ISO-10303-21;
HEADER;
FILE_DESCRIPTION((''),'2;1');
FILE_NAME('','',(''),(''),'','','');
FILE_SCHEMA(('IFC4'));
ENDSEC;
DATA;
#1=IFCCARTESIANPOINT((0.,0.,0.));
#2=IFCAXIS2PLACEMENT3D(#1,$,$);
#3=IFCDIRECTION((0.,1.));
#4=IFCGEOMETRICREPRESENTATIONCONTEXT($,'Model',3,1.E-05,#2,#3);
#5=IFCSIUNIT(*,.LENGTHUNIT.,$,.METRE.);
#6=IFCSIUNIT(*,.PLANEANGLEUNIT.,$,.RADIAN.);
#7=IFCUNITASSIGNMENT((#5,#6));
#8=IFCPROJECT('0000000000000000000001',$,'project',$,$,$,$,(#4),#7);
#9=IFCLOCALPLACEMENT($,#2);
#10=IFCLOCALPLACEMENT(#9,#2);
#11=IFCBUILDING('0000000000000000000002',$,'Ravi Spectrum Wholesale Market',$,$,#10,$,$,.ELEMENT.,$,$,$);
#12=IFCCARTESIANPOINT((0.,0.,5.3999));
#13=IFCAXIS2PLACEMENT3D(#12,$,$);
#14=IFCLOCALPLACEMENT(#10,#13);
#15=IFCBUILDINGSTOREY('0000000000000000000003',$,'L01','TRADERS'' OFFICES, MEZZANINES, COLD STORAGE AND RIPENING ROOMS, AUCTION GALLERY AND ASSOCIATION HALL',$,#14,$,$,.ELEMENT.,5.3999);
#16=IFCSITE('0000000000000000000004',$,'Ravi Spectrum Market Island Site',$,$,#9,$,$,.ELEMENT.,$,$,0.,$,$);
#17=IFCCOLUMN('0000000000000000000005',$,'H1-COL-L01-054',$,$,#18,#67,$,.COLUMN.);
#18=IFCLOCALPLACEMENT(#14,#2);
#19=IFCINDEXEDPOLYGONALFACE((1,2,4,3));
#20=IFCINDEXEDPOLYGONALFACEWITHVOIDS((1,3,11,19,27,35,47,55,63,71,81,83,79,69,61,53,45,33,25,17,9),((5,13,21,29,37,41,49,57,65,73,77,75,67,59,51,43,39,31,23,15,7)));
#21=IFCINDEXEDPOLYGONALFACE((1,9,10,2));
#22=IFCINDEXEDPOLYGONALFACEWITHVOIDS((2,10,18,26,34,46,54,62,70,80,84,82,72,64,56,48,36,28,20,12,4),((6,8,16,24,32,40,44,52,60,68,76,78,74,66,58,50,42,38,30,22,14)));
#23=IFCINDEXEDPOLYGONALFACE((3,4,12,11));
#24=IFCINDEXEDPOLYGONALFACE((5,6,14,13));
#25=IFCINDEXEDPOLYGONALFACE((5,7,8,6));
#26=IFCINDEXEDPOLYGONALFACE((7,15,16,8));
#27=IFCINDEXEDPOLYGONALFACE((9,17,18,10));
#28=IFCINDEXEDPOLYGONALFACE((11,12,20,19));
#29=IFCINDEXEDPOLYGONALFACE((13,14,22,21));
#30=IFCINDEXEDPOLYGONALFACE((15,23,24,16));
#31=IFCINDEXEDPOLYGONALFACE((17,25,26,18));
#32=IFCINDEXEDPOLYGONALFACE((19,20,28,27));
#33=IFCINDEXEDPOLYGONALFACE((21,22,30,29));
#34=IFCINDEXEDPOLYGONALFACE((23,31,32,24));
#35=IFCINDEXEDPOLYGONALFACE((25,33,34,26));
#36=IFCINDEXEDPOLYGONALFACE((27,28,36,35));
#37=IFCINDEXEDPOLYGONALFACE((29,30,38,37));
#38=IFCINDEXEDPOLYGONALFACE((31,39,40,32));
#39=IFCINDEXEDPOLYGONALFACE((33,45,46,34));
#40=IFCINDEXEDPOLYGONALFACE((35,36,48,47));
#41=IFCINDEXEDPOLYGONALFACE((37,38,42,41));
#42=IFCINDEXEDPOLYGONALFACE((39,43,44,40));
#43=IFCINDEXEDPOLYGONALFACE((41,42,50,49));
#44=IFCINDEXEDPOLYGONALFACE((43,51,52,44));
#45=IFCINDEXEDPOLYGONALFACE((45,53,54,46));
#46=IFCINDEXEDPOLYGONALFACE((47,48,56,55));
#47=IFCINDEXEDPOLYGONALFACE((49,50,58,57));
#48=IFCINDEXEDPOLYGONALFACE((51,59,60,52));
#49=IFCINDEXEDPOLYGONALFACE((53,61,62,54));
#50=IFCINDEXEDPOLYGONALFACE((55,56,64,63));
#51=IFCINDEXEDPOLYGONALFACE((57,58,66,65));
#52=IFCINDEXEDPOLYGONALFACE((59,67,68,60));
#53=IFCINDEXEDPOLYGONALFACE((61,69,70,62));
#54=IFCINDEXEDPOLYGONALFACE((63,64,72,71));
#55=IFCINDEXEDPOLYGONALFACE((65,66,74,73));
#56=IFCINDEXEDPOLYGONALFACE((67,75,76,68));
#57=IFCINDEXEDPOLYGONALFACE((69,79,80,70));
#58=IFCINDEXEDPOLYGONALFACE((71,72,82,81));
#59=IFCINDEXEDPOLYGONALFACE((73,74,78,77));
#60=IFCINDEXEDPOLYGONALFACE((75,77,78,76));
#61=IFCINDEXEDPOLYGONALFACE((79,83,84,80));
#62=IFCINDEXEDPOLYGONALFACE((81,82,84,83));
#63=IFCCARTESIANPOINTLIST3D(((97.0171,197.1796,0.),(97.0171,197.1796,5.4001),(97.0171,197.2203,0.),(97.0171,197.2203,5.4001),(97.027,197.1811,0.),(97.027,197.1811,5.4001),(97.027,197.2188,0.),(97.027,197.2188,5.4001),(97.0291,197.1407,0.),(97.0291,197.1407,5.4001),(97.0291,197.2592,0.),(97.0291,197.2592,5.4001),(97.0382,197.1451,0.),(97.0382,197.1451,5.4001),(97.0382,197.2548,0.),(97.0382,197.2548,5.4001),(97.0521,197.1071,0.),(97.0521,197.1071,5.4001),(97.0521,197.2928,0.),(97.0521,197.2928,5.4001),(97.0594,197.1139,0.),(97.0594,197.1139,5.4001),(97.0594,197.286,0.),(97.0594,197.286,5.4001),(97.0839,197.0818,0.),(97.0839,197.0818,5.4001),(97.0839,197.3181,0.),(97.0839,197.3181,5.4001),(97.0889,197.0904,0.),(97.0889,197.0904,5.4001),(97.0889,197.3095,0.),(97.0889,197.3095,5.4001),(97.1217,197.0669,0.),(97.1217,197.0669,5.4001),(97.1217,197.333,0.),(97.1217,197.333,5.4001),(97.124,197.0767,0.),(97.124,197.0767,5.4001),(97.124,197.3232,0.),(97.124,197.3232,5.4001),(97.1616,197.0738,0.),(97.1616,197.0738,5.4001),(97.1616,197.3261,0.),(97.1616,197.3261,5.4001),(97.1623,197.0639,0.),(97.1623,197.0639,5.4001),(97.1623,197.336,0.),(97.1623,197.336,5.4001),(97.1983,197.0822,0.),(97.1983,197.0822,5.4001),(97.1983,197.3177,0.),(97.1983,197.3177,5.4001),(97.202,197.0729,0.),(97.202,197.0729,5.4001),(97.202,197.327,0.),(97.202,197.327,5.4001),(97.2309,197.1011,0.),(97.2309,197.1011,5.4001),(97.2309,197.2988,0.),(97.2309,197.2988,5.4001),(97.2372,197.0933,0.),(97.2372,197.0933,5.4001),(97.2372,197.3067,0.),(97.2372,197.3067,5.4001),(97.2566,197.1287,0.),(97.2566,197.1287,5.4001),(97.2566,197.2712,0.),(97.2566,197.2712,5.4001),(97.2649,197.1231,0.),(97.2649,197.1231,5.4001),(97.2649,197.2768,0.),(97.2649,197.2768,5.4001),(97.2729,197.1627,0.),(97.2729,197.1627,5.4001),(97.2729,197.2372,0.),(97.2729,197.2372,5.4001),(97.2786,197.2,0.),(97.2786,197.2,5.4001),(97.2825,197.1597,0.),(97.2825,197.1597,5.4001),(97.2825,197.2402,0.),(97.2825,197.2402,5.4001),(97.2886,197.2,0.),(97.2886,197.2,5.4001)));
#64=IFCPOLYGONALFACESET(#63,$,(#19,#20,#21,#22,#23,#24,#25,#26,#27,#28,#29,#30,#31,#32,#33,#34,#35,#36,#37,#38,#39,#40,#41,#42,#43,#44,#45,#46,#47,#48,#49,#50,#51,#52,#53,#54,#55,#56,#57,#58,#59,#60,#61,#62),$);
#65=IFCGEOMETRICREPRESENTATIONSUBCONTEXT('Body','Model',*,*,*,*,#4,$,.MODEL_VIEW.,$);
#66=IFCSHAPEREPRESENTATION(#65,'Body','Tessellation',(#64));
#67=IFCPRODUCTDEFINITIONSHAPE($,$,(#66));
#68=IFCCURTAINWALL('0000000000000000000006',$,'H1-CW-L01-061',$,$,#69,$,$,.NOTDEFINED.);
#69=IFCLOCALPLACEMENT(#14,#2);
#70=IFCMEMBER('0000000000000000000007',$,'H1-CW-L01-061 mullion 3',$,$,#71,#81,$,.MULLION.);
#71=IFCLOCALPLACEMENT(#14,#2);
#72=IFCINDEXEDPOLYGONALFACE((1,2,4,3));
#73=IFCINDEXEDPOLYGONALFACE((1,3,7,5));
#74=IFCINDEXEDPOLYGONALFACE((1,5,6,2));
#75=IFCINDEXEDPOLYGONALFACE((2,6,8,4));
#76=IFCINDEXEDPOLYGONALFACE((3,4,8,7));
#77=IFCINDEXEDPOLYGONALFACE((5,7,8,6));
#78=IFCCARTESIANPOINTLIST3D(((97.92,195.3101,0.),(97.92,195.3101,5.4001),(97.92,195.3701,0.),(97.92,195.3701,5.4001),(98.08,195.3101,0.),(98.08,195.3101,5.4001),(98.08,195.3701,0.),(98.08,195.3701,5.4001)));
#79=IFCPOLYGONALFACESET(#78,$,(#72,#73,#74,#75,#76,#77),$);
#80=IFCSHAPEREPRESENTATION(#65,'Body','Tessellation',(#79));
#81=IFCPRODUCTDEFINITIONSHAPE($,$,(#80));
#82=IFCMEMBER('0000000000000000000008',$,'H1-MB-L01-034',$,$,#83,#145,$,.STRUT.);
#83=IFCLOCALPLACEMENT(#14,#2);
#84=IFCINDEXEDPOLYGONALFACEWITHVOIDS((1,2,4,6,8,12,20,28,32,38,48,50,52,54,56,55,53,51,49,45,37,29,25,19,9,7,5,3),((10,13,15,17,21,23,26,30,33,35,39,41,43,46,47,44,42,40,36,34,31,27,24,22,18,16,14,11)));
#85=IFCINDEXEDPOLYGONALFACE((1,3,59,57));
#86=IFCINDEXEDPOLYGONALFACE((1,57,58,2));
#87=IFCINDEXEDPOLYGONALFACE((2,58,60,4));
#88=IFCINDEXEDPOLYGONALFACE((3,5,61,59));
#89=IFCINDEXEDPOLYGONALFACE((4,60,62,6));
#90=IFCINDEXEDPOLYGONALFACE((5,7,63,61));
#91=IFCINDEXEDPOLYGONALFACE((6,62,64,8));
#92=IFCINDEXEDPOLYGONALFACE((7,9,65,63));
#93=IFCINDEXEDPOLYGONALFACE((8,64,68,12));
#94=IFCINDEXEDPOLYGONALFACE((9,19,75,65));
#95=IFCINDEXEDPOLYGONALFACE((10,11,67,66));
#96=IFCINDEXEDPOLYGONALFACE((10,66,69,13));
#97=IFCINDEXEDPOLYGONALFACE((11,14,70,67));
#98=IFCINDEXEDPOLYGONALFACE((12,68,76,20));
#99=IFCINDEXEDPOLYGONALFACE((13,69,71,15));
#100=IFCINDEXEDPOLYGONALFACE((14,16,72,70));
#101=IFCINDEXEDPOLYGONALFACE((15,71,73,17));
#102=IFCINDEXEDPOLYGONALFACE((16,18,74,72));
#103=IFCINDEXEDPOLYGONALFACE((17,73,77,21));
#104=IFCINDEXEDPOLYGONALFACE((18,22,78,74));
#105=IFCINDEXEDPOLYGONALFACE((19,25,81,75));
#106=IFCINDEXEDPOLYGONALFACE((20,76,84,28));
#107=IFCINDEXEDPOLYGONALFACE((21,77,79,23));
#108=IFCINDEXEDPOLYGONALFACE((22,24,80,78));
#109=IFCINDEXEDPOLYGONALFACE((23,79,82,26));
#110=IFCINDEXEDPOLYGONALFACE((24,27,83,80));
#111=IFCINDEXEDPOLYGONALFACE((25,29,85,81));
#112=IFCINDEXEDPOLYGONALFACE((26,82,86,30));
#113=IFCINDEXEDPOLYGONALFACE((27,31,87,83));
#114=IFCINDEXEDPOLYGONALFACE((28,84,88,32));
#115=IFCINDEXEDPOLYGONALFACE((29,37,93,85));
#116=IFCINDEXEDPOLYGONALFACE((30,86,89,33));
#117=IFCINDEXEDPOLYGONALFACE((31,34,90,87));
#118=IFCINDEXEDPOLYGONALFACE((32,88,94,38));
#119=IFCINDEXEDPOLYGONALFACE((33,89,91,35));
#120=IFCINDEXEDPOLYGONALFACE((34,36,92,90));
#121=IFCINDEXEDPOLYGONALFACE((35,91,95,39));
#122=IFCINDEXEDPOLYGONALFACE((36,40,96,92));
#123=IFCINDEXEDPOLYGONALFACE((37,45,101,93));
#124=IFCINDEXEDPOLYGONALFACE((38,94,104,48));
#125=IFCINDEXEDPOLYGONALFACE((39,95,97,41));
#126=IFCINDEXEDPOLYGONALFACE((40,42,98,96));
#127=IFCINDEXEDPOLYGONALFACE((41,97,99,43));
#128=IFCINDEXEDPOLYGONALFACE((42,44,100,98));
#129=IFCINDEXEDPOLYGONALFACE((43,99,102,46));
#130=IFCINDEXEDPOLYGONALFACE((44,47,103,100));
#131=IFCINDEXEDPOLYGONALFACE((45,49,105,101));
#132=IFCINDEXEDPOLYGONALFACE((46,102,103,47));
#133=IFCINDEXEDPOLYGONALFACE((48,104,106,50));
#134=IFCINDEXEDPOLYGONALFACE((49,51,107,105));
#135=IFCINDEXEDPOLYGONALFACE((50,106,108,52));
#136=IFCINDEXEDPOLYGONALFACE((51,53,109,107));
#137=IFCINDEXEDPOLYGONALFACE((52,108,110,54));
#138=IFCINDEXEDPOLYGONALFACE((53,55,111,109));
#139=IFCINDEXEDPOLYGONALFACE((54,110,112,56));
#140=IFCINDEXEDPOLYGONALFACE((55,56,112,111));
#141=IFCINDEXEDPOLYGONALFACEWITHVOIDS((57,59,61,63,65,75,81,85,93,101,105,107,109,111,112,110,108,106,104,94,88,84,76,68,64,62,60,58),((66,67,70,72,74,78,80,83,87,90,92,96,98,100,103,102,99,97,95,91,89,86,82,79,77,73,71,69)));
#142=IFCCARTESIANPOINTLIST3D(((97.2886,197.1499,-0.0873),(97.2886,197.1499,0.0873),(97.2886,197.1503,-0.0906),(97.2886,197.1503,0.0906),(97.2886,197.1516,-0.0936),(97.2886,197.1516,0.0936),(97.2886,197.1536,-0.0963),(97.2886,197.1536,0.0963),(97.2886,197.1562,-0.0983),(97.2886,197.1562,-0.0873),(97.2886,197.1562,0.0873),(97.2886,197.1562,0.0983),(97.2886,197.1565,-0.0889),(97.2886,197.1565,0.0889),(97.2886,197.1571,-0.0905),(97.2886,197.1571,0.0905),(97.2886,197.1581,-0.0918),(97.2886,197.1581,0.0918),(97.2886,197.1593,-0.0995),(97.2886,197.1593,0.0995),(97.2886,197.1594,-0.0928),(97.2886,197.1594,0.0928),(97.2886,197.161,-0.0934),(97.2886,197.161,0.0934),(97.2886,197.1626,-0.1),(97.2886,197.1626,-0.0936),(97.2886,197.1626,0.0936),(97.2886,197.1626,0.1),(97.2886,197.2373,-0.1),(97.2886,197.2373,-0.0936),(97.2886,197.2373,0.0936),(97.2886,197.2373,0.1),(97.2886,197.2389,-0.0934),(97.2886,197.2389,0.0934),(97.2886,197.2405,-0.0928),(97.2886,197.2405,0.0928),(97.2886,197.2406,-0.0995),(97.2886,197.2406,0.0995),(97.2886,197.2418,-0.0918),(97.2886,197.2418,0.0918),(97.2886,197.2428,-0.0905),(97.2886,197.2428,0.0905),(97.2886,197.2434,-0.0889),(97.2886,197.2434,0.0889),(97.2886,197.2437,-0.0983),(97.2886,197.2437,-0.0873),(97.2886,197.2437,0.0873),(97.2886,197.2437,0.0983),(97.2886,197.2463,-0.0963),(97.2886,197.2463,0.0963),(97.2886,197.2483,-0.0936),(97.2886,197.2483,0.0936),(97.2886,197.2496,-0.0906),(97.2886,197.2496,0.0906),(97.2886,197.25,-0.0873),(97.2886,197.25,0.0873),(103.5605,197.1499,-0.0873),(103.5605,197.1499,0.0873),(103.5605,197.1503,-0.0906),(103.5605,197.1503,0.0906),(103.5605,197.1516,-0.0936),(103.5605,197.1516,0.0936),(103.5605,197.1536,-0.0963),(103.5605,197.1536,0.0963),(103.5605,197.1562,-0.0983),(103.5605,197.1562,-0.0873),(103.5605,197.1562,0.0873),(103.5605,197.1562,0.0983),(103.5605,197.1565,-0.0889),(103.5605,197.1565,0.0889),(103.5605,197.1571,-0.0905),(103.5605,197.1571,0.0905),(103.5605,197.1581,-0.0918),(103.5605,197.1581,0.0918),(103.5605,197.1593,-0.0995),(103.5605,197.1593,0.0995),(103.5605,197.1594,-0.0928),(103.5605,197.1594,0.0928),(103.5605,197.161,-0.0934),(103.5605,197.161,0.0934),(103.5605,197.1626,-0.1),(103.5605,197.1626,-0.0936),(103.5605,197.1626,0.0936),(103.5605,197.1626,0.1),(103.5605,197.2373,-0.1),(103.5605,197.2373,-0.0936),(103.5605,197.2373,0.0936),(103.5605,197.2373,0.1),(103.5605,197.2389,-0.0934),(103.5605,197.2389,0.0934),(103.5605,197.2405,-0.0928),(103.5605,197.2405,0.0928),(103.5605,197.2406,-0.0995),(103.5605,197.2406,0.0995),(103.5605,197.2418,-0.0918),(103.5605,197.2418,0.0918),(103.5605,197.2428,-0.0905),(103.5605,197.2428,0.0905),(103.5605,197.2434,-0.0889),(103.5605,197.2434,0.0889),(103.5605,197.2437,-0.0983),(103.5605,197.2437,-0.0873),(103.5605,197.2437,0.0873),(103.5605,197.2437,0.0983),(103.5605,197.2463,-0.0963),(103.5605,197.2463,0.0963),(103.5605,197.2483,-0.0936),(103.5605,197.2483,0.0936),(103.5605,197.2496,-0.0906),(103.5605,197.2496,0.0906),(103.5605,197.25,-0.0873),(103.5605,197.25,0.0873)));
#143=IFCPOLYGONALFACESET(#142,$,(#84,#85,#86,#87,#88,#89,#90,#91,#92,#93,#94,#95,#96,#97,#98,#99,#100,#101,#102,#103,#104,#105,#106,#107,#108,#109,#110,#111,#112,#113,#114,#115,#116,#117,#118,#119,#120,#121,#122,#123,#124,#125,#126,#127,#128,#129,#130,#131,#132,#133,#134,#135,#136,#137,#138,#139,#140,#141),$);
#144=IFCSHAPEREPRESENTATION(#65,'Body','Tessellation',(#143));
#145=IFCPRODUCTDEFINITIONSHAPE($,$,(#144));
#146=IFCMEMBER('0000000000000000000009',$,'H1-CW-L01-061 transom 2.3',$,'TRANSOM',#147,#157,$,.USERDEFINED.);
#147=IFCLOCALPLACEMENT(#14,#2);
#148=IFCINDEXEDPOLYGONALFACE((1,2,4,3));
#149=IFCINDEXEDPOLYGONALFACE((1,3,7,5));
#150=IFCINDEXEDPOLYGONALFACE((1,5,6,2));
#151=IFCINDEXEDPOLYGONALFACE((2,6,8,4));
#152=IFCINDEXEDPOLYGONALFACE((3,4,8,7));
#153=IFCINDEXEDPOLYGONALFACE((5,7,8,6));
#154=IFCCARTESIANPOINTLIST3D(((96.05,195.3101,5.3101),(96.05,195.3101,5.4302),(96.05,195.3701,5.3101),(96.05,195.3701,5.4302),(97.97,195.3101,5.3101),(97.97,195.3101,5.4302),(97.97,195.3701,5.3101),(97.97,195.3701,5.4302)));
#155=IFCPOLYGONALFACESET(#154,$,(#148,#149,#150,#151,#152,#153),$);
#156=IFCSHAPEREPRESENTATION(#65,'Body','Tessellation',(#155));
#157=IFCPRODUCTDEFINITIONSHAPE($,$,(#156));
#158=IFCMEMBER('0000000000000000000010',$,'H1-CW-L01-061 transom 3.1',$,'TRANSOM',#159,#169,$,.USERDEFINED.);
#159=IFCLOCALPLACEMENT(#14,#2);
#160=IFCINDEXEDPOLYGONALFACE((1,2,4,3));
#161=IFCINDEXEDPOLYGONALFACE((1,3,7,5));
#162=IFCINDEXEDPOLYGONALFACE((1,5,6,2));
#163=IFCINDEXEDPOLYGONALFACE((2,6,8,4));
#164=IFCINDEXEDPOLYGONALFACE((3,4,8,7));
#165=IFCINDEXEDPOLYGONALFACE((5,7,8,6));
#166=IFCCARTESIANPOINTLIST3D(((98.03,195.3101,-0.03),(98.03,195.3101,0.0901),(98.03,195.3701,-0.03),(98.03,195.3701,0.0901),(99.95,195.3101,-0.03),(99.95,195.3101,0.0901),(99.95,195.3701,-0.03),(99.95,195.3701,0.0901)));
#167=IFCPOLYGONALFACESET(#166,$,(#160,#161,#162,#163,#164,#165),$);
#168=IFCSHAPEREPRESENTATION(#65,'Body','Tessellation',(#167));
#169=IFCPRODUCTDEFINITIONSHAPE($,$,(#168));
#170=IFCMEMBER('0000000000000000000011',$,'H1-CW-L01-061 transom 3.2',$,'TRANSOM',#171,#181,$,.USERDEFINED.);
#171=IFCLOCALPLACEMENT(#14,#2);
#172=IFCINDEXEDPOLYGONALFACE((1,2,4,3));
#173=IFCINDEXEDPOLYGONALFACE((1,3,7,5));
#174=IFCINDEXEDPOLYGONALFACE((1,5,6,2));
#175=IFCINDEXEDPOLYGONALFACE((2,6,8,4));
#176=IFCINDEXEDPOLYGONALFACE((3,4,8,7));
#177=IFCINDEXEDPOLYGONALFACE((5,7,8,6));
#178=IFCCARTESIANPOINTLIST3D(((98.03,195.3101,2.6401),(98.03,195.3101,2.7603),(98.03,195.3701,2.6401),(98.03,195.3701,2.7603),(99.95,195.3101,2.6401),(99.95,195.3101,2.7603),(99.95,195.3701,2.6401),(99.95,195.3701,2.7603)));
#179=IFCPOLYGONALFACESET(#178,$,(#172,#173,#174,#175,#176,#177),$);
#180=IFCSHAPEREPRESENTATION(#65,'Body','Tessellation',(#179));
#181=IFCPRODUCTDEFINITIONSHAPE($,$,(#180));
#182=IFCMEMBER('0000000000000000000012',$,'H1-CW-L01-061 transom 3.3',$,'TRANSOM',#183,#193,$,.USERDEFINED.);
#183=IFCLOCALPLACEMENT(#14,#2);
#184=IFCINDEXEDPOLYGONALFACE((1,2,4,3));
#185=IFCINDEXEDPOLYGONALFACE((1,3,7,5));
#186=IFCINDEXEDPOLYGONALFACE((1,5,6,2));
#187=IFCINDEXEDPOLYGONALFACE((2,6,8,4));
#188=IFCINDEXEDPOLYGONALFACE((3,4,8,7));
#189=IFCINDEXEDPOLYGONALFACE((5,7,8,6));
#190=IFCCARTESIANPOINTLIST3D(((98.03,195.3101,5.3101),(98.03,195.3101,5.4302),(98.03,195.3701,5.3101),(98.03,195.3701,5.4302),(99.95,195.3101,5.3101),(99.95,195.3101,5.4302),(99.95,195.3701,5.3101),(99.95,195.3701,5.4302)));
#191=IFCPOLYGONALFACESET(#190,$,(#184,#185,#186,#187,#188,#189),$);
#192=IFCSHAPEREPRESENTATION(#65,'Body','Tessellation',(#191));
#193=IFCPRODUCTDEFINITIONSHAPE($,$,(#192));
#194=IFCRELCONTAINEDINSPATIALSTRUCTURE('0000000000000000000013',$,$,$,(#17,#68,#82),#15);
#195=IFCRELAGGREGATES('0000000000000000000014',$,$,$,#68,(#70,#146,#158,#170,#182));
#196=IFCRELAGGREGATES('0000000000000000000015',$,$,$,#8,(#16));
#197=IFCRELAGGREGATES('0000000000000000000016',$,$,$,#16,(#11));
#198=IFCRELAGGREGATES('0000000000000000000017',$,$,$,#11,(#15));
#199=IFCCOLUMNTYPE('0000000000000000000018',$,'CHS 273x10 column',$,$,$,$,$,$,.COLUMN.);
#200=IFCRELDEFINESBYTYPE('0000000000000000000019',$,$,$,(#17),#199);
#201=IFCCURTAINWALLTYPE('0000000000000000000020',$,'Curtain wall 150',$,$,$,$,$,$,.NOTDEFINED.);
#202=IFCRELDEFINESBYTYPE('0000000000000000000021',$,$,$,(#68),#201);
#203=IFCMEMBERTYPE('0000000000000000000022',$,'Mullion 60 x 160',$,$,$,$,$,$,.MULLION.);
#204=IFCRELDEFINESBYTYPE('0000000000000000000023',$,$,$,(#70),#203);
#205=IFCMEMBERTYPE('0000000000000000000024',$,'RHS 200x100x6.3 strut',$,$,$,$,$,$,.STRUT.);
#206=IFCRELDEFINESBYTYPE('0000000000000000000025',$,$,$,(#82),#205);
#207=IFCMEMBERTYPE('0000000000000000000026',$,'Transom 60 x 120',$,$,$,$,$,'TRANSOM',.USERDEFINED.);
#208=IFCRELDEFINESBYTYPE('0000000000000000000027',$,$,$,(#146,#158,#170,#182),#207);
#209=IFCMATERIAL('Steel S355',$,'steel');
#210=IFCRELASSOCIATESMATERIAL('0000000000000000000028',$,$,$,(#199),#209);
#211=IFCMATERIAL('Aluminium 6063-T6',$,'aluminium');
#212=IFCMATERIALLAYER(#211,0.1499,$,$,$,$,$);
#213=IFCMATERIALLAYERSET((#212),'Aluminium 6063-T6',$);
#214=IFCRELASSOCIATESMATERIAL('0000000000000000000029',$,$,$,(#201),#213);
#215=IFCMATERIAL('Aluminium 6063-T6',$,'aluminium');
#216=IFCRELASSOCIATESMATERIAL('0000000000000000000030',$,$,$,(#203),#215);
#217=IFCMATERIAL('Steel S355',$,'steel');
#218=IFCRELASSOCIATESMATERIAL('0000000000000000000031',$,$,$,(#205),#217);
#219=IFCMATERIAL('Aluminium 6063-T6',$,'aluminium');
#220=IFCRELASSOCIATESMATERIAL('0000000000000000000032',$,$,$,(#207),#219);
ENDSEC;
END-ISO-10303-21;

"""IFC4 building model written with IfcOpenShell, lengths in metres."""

from ifc_helpers import new_model, si_unit, direction, frame, origin, origin_2d, place, context, subcontext, project, spatial, rectangle, hollow_rectangle, hollow_circle, extrude, material, layer, layer_set, material_profile, profile_set, type_object, element, aggregate, save


model = new_model("IFC4")

# Units and contexts
model_context = context("Model", 3, precision=1e-05, world=origin(), true_north=direction((0.0, 1.0)))
body_context = subcontext(model_context, "Body", "Model", "MODEL_VIEW")
ifc_project = project(units=[si_unit("LENGTHUNIT", "METRE"), si_unit("PLANEANGLEUNIT", "RADIAN")], contexts=[model_context])

# Site, building, storey
site_placement = place(None, origin())
site = spatial("IfcSite", under=ifc_project, at=site_placement, Name="Ravi Spectrum Market Island Site", CompositionType="ELEMENT", RefElevation=0.0)
building_placement = place(site_placement, origin())
building = spatial("IfcBuilding", under=site, at=building_placement, Name="Ravi Spectrum Wholesale Market", CompositionType="ELEMENT")
storey_placement = place(building_placement, frame((0.0, 0.0, 5.3999)))
storey = spatial("IfcBuildingStorey", under=building, at=storey_placement, Name="L01", Description="TRADERS' OFFICES, MEZZANINES, COLD STORAGE AND RIPENING ROOMS, AUCTION GALLERY AND ASSOCIATION HALL", CompositionType="ELEMENT", Elevation=5.3999)

# Column
ifc_material_1 = material(Name="Steel S355", Category="steel")
ifc_material_profile_1 = material_profile(ifc_material_1, hollow_circle(Radius=0.1365, WallThickness=0.01, at=origin_2d()))
ifc_profile_set_1 = profile_set([ifc_material_profile_1], Name="Steel S355")
column_type = type_object("IfcColumnType", Name="CHS 273x10 column", PredefinedType="COLUMN", material=ifc_profile_set_1)
column_placement = place(storey_placement, frame((97.1521, 197.2, 0.0), z_axis=(0.0, 0.0, 1.0), x_axis=(1.0, 0.0, 0.0)))
element("IfcColumn", 1, at=column_placement, inside=storey, type_object=column_type, Name="H1-COL-L01-054", PredefinedType="COLUMN", context=body_context, shape_type="SweptSolid", body=[
    extrude(hollow_circle(Radius=0.1365, WallThickness=0.01, at=origin_2d()), origin(), (0.0, 0.0, 1.0), 5.4001),
])

# Curtain wall, member
ifc_material_2 = material(Name="Aluminium 6063-T6", Category="aluminium")
ifc_layer_1 = layer(ifc_material_2, 0.1499)
ifc_layer_set_1 = layer_set([ifc_layer_1], Name="Aluminium 6063-T6")
curtain_wall_type = type_object("IfcCurtainWallType", Name="Curtain wall 150", PredefinedType="NOTDEFINED", material=ifc_layer_set_1)
curtain_wall_placement = place(storey_placement, origin())
curtain_wall = element("IfcCurtainWall", 2, at=curtain_wall_placement, inside=storey, type_object=curtain_wall_type, Name="H1-CW-L01-061", PredefinedType="NOTDEFINED")
ifc_material_3 = material(Name="Aluminium 6063-T6", Category="aluminium")
ifc_material_profile_2 = material_profile(ifc_material_3, rectangle(XDim=0.0601, YDim=0.1599, at=origin_2d()))
ifc_profile_set_2 = profile_set([ifc_material_profile_2], Name="Aluminium 6063-T6")
member_type_1 = type_object("IfcMemberType", Name="Mullion 60 x 160", PredefinedType="MULLION", material=ifc_profile_set_2)
member_1_placement = place(storey_placement, frame((98.0, 195.3401, 0.0), z_axis=(0.0, 0.0, 1.0), x_axis=(0.0, 1.0, 0.0)))
member_1 = element("IfcMember", 3, at=member_1_placement, type_object=member_type_1, Name="H1-CW-L01-061 mullion 3", PredefinedType="MULLION", context=body_context, shape_type="SweptSolid", body=[
    extrude(rectangle(XDim=0.0601, YDim=0.1599, at=origin_2d()), origin(), (0.0, 0.0, 1.0), 5.4001),
])

# Members
ifc_material_4 = material(Name="Steel S355", Category="steel")
ifc_material_profile_3 = material_profile(ifc_material_4, hollow_rectangle(XDim=0.1001, YDim=0.2, WallThickness=0.0063, InnerFilletRadius=0.0063, OuterFilletRadius=0.0127, at=origin_2d()))
ifc_profile_set_3 = profile_set([ifc_material_profile_3], Name="Steel S355")
member_type_2 = type_object("IfcMemberType", Name="RHS 200x100x6.3 strut", PredefinedType="STRUT", material=ifc_profile_set_3)
member_2_placement = place(storey_placement, frame((97.2886, 197.2, 0.0), z_axis=(1.0, 0.0, 0.0), x_axis=(0.0, 1.0, 0.0)))
element("IfcMember", 4, at=member_2_placement, inside=storey, type_object=member_type_2, Name="H1-MB-L01-034", PredefinedType="STRUT", context=body_context, shape_type="SweptSolid", body=[
    extrude(hollow_rectangle(XDim=0.1001, YDim=0.2, WallThickness=0.0063, InnerFilletRadius=0.0063, OuterFilletRadius=0.0127, at=origin_2d()), origin(), (0.0, 0.0, 1.0), 6.272),
])
ifc_material_5 = material(Name="Aluminium 6063-T6", Category="aluminium")
ifc_material_profile_4 = material_profile(ifc_material_5, rectangle(XDim=0.0601, YDim=0.1201, at=origin_2d()))
ifc_profile_set_4 = profile_set([ifc_material_profile_4], Name="Aluminium 6063-T6")
member_type_3 = type_object("IfcMemberType", Name="Transom 60 x 120", ElementType="TRANSOM", PredefinedType="USERDEFINED", material=ifc_profile_set_4)
member_3_placement = place(storey_placement, frame((96.05, 195.3401, 5.3701), z_axis=(1.0, 0.0, 0.0), x_axis=(0.0, 1.0, 0.0)))
member_3 = element("IfcMember", 5, at=member_3_placement, type_object=member_type_3, Name="H1-CW-L01-061 transom 2.3", ObjectType="TRANSOM", PredefinedType="USERDEFINED", context=body_context, shape_type="SweptSolid", body=[
    extrude(rectangle(XDim=0.0601, YDim=0.1201, at=origin_2d()), origin(), (0.0, 0.0, 1.0), 1.9199),
])
member_4_placement = place(storey_placement, frame((98.03, 195.3401, 0.03), z_axis=(1.0, 0.0, 0.0), x_axis=(0.0, 1.0, 0.0)))
member_4 = element("IfcMember", 6, at=member_4_placement, type_object=member_type_3, Name="H1-CW-L01-061 transom 3.1", ObjectType="TRANSOM", PredefinedType="USERDEFINED", context=body_context, shape_type="SweptSolid", body=[
    extrude(rectangle(XDim=0.0601, YDim=0.1201, at=origin_2d()), origin(), (0.0, 0.0, 1.0), 1.9199),
])
member_5_placement = place(storey_placement, frame((98.03, 195.3401, 2.7002), z_axis=(1.0, 0.0, 0.0), x_axis=(0.0, 1.0, 0.0)))
member_5 = element("IfcMember", 7, at=member_5_placement, type_object=member_type_3, Name="H1-CW-L01-061 transom 3.2", ObjectType="TRANSOM", PredefinedType="USERDEFINED", context=body_context, shape_type="SweptSolid", body=[
    extrude(rectangle(XDim=0.0601, YDim=0.1201, at=origin_2d()), origin(), (0.0, 0.0, 1.0), 1.9199),
])
member_6_placement = place(storey_placement, frame((98.03, 195.3401, 5.3701), z_axis=(1.0, 0.0, 0.0), x_axis=(0.0, 1.0, 0.0)))
member_6 = element("IfcMember", 8, at=member_6_placement, type_object=member_type_3, Name="H1-CW-L01-061 transom 3.3", ObjectType="TRANSOM", PredefinedType="USERDEFINED", context=body_context, shape_type="SweptSolid", body=[
    extrude(rectangle(XDim=0.0601, YDim=0.1201, at=origin_2d()), origin(), (0.0, 0.0, 1.0), 1.9199),
])

aggregate(curtain_wall, [member_1, member_3, member_4, member_5, member_6])

save(model, "model.ifc")
